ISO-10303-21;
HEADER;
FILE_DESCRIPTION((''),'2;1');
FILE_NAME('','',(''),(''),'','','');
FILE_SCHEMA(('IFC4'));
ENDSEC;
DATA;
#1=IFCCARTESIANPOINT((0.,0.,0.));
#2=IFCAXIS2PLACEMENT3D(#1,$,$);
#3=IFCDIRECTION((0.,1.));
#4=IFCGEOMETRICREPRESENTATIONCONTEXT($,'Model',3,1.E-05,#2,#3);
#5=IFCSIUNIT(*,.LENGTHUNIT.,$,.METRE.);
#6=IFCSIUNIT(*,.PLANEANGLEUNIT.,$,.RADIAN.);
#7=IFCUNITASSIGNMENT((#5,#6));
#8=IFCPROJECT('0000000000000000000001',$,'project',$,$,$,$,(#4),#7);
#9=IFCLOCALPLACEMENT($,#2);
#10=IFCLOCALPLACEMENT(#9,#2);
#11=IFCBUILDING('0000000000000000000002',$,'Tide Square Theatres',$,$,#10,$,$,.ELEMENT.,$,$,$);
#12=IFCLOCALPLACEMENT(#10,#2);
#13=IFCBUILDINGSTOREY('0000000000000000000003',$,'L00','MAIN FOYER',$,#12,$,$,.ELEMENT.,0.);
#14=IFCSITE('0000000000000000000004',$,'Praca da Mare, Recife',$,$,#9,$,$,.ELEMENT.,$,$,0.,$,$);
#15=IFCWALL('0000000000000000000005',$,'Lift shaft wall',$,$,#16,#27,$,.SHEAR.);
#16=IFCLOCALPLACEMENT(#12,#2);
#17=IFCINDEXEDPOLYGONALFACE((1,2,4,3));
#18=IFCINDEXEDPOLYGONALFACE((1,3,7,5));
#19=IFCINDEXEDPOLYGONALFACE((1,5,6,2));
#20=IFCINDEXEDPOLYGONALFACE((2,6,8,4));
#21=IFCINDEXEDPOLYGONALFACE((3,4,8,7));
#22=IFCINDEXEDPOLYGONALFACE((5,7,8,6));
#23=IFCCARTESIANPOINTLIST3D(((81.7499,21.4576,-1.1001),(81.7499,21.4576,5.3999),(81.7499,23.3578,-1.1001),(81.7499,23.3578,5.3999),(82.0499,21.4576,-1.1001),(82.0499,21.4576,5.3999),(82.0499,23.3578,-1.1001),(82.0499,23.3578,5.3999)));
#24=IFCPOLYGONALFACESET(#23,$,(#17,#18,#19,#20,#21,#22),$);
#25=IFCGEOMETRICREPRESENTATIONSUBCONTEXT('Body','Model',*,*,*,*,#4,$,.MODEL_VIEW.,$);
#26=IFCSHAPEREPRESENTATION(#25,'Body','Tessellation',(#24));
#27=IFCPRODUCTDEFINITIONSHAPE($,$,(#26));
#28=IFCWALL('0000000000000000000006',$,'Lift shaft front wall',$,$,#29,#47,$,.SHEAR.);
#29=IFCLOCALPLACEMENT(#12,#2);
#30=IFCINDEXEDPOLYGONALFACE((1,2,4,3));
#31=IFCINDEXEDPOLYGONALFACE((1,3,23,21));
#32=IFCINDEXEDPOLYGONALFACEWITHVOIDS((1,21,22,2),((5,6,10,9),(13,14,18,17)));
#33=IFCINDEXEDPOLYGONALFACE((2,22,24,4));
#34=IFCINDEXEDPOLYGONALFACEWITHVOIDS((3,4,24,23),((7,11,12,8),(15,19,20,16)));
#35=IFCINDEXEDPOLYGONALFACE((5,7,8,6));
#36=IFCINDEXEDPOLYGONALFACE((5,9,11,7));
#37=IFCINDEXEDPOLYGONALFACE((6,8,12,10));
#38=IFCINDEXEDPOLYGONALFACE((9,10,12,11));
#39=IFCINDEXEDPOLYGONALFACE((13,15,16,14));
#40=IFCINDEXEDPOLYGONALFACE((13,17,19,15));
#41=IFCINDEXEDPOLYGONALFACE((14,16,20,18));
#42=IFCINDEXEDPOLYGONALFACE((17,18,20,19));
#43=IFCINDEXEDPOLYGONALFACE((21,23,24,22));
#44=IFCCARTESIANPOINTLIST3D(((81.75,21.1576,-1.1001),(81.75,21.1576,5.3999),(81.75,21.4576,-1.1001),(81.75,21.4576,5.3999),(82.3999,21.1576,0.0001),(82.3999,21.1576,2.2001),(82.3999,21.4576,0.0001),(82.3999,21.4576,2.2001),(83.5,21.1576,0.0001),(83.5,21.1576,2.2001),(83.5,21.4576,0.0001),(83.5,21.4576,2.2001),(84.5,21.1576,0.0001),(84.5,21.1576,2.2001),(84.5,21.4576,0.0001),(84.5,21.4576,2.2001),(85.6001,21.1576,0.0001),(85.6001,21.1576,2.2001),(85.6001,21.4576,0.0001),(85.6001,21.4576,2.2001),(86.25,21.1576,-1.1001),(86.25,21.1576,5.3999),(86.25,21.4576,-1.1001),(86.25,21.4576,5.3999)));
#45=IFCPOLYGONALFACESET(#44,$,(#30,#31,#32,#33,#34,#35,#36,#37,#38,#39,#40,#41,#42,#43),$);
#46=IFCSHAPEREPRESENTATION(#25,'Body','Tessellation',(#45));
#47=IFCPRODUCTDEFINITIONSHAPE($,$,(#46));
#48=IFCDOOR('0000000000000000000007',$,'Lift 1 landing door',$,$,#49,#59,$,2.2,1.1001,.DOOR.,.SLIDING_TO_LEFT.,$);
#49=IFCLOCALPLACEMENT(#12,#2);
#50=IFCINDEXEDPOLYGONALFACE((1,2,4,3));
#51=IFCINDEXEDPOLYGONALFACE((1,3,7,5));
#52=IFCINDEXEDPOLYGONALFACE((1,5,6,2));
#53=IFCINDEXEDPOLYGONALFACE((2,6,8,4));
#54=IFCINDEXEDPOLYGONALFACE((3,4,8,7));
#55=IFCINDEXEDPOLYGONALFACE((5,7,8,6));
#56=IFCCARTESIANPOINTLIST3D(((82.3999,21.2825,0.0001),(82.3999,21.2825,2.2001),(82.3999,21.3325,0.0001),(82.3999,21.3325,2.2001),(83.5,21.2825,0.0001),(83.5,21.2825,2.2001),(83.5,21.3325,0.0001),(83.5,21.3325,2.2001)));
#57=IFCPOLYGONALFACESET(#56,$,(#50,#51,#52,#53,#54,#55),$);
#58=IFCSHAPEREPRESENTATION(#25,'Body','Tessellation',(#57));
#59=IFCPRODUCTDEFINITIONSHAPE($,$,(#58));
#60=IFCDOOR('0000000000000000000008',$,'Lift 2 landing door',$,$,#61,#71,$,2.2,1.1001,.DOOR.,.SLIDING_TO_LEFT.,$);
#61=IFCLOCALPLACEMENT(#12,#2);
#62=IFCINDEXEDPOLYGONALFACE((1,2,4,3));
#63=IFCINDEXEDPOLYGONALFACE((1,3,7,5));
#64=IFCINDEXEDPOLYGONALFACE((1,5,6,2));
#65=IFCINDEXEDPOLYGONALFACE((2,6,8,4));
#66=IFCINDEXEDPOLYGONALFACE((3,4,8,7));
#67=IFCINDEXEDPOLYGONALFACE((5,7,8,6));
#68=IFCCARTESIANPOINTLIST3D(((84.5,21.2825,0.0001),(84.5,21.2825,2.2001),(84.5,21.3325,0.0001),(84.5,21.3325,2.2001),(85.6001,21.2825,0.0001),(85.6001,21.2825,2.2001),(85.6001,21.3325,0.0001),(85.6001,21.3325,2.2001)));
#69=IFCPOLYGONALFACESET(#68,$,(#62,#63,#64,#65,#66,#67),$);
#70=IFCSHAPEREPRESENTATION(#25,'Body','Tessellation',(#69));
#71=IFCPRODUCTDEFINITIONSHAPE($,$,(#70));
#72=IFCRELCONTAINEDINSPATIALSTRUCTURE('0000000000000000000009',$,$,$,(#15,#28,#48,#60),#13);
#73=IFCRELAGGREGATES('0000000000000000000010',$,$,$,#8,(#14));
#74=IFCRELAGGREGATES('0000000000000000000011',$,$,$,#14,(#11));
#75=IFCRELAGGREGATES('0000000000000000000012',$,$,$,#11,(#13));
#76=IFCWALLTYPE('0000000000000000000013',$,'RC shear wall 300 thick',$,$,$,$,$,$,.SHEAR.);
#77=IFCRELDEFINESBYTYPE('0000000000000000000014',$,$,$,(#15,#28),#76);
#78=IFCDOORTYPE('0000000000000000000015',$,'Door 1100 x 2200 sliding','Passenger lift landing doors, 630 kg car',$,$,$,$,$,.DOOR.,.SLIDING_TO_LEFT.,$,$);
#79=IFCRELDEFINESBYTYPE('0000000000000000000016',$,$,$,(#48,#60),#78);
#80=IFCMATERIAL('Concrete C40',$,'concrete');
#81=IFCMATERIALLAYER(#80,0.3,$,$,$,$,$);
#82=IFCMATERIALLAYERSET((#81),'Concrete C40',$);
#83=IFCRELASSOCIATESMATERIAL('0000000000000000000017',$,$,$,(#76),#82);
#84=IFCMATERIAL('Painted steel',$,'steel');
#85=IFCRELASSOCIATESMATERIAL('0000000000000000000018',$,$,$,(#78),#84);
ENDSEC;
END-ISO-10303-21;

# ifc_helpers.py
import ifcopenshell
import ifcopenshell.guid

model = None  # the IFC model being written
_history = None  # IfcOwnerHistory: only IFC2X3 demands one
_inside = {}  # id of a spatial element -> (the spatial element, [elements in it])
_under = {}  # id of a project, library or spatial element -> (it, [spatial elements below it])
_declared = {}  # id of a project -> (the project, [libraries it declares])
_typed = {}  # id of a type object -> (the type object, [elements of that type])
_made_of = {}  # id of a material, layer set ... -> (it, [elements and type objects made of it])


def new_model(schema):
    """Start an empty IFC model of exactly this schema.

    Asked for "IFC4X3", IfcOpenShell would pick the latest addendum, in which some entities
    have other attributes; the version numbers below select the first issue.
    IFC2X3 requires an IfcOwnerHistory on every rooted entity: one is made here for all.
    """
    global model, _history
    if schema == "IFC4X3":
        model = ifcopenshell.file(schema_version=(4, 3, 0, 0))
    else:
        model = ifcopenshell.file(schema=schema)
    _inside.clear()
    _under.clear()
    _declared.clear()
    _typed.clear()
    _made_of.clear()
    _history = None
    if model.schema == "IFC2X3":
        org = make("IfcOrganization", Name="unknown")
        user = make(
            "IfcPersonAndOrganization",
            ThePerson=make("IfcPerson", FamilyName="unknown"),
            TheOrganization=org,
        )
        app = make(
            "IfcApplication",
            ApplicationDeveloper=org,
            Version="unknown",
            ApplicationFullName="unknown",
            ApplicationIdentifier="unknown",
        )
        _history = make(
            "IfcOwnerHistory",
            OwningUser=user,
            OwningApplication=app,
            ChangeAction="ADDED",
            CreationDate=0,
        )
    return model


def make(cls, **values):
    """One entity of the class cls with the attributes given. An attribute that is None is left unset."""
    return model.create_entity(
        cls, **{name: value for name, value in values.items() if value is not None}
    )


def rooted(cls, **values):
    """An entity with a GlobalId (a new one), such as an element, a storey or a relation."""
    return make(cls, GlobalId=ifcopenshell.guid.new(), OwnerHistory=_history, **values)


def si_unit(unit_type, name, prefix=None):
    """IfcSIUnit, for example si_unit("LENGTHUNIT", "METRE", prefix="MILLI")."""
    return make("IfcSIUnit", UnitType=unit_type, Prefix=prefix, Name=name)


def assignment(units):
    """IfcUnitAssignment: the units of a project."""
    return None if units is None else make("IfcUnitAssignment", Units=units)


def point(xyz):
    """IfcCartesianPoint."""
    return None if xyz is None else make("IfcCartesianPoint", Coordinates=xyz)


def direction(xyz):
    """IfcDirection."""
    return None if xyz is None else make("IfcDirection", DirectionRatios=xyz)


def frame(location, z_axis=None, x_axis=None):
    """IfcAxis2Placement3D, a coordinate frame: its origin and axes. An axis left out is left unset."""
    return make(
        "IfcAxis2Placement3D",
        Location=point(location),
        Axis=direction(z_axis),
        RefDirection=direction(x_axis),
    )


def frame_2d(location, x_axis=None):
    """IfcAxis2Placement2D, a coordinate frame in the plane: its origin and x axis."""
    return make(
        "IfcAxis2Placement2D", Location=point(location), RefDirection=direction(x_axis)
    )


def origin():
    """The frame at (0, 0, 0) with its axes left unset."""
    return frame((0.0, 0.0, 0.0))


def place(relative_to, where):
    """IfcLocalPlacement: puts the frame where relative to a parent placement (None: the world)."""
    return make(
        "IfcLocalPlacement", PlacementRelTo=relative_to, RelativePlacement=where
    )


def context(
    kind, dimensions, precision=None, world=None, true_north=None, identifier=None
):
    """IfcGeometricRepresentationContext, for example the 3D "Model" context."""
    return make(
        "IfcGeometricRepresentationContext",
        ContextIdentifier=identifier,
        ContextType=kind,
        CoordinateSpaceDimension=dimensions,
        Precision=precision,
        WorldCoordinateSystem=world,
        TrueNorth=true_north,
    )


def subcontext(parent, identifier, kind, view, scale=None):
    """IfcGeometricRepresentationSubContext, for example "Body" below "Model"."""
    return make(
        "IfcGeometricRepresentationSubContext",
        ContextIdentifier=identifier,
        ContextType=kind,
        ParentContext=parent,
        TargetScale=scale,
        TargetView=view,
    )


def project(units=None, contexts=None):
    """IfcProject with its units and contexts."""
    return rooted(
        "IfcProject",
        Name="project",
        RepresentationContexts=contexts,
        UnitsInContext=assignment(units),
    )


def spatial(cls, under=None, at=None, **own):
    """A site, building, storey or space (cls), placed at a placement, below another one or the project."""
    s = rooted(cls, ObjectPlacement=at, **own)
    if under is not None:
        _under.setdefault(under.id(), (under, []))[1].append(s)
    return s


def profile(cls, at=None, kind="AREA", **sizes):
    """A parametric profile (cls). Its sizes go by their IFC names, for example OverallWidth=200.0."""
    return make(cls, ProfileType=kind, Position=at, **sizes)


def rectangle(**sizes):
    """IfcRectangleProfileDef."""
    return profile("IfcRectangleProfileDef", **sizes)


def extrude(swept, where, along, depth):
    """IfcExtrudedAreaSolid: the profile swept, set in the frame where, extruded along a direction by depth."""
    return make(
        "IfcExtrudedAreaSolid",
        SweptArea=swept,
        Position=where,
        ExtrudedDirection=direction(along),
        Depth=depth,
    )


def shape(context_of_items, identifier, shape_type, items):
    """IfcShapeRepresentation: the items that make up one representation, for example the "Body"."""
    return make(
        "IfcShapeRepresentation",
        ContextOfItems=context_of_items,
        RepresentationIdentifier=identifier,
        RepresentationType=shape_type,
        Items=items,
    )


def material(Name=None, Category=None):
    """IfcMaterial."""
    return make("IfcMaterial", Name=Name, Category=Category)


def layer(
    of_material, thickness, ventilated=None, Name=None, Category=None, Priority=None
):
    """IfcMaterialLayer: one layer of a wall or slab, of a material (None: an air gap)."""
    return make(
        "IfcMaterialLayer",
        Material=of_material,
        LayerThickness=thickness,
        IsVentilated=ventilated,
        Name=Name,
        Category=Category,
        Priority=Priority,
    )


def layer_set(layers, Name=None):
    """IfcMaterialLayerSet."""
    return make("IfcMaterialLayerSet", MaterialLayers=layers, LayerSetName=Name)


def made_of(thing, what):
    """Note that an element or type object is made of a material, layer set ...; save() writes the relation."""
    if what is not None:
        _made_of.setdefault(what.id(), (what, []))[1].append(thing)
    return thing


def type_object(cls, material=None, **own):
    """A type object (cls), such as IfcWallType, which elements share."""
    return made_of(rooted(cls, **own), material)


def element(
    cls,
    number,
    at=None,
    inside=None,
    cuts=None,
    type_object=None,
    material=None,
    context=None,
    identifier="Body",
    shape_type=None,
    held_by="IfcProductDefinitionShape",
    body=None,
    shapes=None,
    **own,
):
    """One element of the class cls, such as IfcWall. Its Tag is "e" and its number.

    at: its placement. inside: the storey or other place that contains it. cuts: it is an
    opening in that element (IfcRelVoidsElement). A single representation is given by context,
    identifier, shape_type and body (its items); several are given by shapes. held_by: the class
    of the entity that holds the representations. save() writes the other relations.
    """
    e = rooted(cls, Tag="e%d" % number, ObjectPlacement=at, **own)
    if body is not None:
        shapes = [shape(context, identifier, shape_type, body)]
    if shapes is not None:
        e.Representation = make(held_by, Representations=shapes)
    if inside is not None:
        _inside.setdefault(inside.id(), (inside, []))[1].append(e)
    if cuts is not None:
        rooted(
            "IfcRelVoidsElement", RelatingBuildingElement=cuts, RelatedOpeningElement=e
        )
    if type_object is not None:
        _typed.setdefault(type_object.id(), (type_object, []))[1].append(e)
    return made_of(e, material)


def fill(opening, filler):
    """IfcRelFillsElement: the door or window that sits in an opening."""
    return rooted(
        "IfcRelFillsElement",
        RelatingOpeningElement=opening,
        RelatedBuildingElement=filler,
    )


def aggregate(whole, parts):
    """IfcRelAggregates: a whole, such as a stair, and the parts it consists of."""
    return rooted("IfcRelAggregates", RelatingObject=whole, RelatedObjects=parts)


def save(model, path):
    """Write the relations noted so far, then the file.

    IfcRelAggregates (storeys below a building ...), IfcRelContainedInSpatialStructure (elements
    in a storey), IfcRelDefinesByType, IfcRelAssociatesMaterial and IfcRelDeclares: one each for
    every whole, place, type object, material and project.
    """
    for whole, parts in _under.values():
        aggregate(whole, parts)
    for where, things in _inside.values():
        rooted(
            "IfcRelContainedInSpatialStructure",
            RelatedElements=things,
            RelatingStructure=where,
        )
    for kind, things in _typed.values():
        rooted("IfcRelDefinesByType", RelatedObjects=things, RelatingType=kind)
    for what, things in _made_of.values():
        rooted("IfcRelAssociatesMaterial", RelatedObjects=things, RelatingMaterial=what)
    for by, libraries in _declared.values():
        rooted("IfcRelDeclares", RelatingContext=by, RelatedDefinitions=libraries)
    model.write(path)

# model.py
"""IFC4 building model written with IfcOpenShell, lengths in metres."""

from ifc_helpers import new_model, si_unit, direction, frame, frame_2d, origin, place, context, subcontext, project, spatial, rectangle, extrude, material, layer, layer_set, type_object, element, fill, save


model = new_model("IFC4")

# Units and contexts
model_context = context("Model", 3, precision=1e-05, world=origin(), true_north=direction((0.0, 1.0)))
body_context = subcontext(model_context, "Body", "Model", "MODEL_VIEW")
ifc_project = project(units=[si_unit("LENGTHUNIT", "METRE"), si_unit("PLANEANGLEUNIT", "RADIAN")], contexts=[model_context])

# Site, building, storey
site_placement = place(None, origin())
site = spatial("IfcSite", under=ifc_project, at=site_placement, Name="Praca da Mare, Recife", CompositionType="ELEMENT", RefElevation=0.0)
building_placement = place(site_placement, origin())
building = spatial("IfcBuilding", under=site, at=building_placement, Name="Tide Square Theatres", CompositionType="ELEMENT")
storey_placement = place(building_placement, origin())
storey = spatial("IfcBuildingStorey", under=building, at=storey_placement, Name="L00", Description="MAIN FOYER", CompositionType="ELEMENT", Elevation=0.0)

# Wall
ifc_material_1 = material(Name="Concrete C40", Category="concrete")
ifc_layer_1 = layer(ifc_material_1, 0.3)
ifc_layer_set_1 = layer_set([ifc_layer_1], Name="Concrete C40")
wall_type_1 = type_object("IfcWallType", Name="RC shear wall 300 thick", PredefinedType="SHEAR", material=ifc_layer_set_1)
wall_1_placement = place(storey_placement, frame((81.8999, 21.4575, -1.1001), z_axis=(0.0, 0.0, 1.0), x_axis=(0.0, 1.0, 0.0)))
element("IfcWall", 1, at=wall_1_placement, inside=storey, type_object=wall_type_1, Name="Lift shaft wall", PredefinedType="SHEAR", context=body_context, shape_type="SweptSolid", body=[
    extrude(rectangle(XDim=1.9001, YDim=0.3, at=frame_2d((0.9502, 0.0))), origin(), (0.0, 0.0, 1.0), 6.5),
])

# Wall, openings, doors
wall_2_placement = place(storey_placement, frame((81.75, 21.3076, -1.1001), z_axis=(0.0, 0.0, 1.0), x_axis=(1.0, 0.0, 0.0)))
wall_2 = element("IfcWall", 2, at=wall_2_placement, inside=storey, type_object=wall_type_1, Name="Lift shaft front wall", PredefinedType="SHEAR", context=body_context, shape_type="SweptSolid", body=[
    extrude(rectangle(XDim=4.5, YDim=0.3, at=frame_2d((2.25, 0.0))), origin(), (0.0, 0.0, 1.0), 6.5),
])
opening_1_placement = place(wall_2_placement, frame((0.6499, 0.0, 1.1001)))
opening_1 = element("IfcOpeningElement", 3, at=opening_1_placement, cuts=wall_2, PredefinedType="OPENING", context=body_context, shape_type="SweptSolid", body=[
    extrude(rectangle(XDim=1.1001, YDim=2.2, at=frame_2d((0.55, 1.1001))), frame((0.0, 0.1599, 0.0), z_axis=(0.0, -1.0, 0.0), x_axis=(1.0, 0.0, 0.0)), (0.0, 0.0, 1.0), 0.3201),
])
opening_2_placement = place(wall_2_placement, frame((2.75, 0.0, 1.1001)))
opening_2 = element("IfcOpeningElement", 4, at=opening_2_placement, cuts=wall_2, PredefinedType="OPENING", context=body_context, shape_type="SweptSolid", body=[
    extrude(rectangle(XDim=1.1001, YDim=2.2, at=frame_2d((0.55, 1.1001))), frame((0.0, 0.1599, 0.0), z_axis=(0.0, -1.0, 0.0), x_axis=(1.0, 0.0, 0.0)), (0.0, 0.0, 1.0), 0.3201),
])
ifc_material_2 = material(Name="Painted steel", Category="steel")
door_type_1 = type_object("IfcDoorType", Name="Door 1100 x 2200 sliding", Description="Passenger lift landing doors, 630 kg car", OperationType="SLIDING_TO_LEFT", PredefinedType="DOOR", material=ifc_material_2)
door_1_placement = place(opening_1_placement, origin())
door_1 = element("IfcDoor", 5, at=door_1_placement, inside=storey, type_object=door_type_1, Name="Lift 1 landing door", OperationType="SLIDING_TO_LEFT", OverallHeight=2.2, OverallWidth=1.1001, PredefinedType="DOOR", context=body_context, shape_type="SweptSolid", body=[
    extrude(rectangle(XDim=1.1001, YDim=2.2, at=frame_2d((0.55, 1.1001))), frame((0.0, 0.0249, 0.0), z_axis=(0.0, -1.0, 0.0), x_axis=(1.0, 0.0, 0.0)), (0.0, 0.0, 1.0), 0.05),
])
fill(opening_1, door_1)
door_2_placement = place(opening_2_placement, origin())
door_2 = element("IfcDoor", 6, at=door_2_placement, inside=storey, type_object=door_type_1, Name="Lift 2 landing door", OperationType="SLIDING_TO_LEFT", OverallHeight=2.2, OverallWidth=1.1001, PredefinedType="DOOR", context=body_context, shape_type="SweptSolid", body=[
    extrude(rectangle(XDim=1.1001, YDim=2.2, at=frame_2d((0.55, 1.1001))), frame((0.0, 0.0249, 0.0), z_axis=(0.0, -1.0, 0.0), x_axis=(1.0, 0.0, 0.0)), (0.0, 0.0, 1.0), 0.05),
])
fill(opening_2, door_2)

save(model, "model.ifc")
